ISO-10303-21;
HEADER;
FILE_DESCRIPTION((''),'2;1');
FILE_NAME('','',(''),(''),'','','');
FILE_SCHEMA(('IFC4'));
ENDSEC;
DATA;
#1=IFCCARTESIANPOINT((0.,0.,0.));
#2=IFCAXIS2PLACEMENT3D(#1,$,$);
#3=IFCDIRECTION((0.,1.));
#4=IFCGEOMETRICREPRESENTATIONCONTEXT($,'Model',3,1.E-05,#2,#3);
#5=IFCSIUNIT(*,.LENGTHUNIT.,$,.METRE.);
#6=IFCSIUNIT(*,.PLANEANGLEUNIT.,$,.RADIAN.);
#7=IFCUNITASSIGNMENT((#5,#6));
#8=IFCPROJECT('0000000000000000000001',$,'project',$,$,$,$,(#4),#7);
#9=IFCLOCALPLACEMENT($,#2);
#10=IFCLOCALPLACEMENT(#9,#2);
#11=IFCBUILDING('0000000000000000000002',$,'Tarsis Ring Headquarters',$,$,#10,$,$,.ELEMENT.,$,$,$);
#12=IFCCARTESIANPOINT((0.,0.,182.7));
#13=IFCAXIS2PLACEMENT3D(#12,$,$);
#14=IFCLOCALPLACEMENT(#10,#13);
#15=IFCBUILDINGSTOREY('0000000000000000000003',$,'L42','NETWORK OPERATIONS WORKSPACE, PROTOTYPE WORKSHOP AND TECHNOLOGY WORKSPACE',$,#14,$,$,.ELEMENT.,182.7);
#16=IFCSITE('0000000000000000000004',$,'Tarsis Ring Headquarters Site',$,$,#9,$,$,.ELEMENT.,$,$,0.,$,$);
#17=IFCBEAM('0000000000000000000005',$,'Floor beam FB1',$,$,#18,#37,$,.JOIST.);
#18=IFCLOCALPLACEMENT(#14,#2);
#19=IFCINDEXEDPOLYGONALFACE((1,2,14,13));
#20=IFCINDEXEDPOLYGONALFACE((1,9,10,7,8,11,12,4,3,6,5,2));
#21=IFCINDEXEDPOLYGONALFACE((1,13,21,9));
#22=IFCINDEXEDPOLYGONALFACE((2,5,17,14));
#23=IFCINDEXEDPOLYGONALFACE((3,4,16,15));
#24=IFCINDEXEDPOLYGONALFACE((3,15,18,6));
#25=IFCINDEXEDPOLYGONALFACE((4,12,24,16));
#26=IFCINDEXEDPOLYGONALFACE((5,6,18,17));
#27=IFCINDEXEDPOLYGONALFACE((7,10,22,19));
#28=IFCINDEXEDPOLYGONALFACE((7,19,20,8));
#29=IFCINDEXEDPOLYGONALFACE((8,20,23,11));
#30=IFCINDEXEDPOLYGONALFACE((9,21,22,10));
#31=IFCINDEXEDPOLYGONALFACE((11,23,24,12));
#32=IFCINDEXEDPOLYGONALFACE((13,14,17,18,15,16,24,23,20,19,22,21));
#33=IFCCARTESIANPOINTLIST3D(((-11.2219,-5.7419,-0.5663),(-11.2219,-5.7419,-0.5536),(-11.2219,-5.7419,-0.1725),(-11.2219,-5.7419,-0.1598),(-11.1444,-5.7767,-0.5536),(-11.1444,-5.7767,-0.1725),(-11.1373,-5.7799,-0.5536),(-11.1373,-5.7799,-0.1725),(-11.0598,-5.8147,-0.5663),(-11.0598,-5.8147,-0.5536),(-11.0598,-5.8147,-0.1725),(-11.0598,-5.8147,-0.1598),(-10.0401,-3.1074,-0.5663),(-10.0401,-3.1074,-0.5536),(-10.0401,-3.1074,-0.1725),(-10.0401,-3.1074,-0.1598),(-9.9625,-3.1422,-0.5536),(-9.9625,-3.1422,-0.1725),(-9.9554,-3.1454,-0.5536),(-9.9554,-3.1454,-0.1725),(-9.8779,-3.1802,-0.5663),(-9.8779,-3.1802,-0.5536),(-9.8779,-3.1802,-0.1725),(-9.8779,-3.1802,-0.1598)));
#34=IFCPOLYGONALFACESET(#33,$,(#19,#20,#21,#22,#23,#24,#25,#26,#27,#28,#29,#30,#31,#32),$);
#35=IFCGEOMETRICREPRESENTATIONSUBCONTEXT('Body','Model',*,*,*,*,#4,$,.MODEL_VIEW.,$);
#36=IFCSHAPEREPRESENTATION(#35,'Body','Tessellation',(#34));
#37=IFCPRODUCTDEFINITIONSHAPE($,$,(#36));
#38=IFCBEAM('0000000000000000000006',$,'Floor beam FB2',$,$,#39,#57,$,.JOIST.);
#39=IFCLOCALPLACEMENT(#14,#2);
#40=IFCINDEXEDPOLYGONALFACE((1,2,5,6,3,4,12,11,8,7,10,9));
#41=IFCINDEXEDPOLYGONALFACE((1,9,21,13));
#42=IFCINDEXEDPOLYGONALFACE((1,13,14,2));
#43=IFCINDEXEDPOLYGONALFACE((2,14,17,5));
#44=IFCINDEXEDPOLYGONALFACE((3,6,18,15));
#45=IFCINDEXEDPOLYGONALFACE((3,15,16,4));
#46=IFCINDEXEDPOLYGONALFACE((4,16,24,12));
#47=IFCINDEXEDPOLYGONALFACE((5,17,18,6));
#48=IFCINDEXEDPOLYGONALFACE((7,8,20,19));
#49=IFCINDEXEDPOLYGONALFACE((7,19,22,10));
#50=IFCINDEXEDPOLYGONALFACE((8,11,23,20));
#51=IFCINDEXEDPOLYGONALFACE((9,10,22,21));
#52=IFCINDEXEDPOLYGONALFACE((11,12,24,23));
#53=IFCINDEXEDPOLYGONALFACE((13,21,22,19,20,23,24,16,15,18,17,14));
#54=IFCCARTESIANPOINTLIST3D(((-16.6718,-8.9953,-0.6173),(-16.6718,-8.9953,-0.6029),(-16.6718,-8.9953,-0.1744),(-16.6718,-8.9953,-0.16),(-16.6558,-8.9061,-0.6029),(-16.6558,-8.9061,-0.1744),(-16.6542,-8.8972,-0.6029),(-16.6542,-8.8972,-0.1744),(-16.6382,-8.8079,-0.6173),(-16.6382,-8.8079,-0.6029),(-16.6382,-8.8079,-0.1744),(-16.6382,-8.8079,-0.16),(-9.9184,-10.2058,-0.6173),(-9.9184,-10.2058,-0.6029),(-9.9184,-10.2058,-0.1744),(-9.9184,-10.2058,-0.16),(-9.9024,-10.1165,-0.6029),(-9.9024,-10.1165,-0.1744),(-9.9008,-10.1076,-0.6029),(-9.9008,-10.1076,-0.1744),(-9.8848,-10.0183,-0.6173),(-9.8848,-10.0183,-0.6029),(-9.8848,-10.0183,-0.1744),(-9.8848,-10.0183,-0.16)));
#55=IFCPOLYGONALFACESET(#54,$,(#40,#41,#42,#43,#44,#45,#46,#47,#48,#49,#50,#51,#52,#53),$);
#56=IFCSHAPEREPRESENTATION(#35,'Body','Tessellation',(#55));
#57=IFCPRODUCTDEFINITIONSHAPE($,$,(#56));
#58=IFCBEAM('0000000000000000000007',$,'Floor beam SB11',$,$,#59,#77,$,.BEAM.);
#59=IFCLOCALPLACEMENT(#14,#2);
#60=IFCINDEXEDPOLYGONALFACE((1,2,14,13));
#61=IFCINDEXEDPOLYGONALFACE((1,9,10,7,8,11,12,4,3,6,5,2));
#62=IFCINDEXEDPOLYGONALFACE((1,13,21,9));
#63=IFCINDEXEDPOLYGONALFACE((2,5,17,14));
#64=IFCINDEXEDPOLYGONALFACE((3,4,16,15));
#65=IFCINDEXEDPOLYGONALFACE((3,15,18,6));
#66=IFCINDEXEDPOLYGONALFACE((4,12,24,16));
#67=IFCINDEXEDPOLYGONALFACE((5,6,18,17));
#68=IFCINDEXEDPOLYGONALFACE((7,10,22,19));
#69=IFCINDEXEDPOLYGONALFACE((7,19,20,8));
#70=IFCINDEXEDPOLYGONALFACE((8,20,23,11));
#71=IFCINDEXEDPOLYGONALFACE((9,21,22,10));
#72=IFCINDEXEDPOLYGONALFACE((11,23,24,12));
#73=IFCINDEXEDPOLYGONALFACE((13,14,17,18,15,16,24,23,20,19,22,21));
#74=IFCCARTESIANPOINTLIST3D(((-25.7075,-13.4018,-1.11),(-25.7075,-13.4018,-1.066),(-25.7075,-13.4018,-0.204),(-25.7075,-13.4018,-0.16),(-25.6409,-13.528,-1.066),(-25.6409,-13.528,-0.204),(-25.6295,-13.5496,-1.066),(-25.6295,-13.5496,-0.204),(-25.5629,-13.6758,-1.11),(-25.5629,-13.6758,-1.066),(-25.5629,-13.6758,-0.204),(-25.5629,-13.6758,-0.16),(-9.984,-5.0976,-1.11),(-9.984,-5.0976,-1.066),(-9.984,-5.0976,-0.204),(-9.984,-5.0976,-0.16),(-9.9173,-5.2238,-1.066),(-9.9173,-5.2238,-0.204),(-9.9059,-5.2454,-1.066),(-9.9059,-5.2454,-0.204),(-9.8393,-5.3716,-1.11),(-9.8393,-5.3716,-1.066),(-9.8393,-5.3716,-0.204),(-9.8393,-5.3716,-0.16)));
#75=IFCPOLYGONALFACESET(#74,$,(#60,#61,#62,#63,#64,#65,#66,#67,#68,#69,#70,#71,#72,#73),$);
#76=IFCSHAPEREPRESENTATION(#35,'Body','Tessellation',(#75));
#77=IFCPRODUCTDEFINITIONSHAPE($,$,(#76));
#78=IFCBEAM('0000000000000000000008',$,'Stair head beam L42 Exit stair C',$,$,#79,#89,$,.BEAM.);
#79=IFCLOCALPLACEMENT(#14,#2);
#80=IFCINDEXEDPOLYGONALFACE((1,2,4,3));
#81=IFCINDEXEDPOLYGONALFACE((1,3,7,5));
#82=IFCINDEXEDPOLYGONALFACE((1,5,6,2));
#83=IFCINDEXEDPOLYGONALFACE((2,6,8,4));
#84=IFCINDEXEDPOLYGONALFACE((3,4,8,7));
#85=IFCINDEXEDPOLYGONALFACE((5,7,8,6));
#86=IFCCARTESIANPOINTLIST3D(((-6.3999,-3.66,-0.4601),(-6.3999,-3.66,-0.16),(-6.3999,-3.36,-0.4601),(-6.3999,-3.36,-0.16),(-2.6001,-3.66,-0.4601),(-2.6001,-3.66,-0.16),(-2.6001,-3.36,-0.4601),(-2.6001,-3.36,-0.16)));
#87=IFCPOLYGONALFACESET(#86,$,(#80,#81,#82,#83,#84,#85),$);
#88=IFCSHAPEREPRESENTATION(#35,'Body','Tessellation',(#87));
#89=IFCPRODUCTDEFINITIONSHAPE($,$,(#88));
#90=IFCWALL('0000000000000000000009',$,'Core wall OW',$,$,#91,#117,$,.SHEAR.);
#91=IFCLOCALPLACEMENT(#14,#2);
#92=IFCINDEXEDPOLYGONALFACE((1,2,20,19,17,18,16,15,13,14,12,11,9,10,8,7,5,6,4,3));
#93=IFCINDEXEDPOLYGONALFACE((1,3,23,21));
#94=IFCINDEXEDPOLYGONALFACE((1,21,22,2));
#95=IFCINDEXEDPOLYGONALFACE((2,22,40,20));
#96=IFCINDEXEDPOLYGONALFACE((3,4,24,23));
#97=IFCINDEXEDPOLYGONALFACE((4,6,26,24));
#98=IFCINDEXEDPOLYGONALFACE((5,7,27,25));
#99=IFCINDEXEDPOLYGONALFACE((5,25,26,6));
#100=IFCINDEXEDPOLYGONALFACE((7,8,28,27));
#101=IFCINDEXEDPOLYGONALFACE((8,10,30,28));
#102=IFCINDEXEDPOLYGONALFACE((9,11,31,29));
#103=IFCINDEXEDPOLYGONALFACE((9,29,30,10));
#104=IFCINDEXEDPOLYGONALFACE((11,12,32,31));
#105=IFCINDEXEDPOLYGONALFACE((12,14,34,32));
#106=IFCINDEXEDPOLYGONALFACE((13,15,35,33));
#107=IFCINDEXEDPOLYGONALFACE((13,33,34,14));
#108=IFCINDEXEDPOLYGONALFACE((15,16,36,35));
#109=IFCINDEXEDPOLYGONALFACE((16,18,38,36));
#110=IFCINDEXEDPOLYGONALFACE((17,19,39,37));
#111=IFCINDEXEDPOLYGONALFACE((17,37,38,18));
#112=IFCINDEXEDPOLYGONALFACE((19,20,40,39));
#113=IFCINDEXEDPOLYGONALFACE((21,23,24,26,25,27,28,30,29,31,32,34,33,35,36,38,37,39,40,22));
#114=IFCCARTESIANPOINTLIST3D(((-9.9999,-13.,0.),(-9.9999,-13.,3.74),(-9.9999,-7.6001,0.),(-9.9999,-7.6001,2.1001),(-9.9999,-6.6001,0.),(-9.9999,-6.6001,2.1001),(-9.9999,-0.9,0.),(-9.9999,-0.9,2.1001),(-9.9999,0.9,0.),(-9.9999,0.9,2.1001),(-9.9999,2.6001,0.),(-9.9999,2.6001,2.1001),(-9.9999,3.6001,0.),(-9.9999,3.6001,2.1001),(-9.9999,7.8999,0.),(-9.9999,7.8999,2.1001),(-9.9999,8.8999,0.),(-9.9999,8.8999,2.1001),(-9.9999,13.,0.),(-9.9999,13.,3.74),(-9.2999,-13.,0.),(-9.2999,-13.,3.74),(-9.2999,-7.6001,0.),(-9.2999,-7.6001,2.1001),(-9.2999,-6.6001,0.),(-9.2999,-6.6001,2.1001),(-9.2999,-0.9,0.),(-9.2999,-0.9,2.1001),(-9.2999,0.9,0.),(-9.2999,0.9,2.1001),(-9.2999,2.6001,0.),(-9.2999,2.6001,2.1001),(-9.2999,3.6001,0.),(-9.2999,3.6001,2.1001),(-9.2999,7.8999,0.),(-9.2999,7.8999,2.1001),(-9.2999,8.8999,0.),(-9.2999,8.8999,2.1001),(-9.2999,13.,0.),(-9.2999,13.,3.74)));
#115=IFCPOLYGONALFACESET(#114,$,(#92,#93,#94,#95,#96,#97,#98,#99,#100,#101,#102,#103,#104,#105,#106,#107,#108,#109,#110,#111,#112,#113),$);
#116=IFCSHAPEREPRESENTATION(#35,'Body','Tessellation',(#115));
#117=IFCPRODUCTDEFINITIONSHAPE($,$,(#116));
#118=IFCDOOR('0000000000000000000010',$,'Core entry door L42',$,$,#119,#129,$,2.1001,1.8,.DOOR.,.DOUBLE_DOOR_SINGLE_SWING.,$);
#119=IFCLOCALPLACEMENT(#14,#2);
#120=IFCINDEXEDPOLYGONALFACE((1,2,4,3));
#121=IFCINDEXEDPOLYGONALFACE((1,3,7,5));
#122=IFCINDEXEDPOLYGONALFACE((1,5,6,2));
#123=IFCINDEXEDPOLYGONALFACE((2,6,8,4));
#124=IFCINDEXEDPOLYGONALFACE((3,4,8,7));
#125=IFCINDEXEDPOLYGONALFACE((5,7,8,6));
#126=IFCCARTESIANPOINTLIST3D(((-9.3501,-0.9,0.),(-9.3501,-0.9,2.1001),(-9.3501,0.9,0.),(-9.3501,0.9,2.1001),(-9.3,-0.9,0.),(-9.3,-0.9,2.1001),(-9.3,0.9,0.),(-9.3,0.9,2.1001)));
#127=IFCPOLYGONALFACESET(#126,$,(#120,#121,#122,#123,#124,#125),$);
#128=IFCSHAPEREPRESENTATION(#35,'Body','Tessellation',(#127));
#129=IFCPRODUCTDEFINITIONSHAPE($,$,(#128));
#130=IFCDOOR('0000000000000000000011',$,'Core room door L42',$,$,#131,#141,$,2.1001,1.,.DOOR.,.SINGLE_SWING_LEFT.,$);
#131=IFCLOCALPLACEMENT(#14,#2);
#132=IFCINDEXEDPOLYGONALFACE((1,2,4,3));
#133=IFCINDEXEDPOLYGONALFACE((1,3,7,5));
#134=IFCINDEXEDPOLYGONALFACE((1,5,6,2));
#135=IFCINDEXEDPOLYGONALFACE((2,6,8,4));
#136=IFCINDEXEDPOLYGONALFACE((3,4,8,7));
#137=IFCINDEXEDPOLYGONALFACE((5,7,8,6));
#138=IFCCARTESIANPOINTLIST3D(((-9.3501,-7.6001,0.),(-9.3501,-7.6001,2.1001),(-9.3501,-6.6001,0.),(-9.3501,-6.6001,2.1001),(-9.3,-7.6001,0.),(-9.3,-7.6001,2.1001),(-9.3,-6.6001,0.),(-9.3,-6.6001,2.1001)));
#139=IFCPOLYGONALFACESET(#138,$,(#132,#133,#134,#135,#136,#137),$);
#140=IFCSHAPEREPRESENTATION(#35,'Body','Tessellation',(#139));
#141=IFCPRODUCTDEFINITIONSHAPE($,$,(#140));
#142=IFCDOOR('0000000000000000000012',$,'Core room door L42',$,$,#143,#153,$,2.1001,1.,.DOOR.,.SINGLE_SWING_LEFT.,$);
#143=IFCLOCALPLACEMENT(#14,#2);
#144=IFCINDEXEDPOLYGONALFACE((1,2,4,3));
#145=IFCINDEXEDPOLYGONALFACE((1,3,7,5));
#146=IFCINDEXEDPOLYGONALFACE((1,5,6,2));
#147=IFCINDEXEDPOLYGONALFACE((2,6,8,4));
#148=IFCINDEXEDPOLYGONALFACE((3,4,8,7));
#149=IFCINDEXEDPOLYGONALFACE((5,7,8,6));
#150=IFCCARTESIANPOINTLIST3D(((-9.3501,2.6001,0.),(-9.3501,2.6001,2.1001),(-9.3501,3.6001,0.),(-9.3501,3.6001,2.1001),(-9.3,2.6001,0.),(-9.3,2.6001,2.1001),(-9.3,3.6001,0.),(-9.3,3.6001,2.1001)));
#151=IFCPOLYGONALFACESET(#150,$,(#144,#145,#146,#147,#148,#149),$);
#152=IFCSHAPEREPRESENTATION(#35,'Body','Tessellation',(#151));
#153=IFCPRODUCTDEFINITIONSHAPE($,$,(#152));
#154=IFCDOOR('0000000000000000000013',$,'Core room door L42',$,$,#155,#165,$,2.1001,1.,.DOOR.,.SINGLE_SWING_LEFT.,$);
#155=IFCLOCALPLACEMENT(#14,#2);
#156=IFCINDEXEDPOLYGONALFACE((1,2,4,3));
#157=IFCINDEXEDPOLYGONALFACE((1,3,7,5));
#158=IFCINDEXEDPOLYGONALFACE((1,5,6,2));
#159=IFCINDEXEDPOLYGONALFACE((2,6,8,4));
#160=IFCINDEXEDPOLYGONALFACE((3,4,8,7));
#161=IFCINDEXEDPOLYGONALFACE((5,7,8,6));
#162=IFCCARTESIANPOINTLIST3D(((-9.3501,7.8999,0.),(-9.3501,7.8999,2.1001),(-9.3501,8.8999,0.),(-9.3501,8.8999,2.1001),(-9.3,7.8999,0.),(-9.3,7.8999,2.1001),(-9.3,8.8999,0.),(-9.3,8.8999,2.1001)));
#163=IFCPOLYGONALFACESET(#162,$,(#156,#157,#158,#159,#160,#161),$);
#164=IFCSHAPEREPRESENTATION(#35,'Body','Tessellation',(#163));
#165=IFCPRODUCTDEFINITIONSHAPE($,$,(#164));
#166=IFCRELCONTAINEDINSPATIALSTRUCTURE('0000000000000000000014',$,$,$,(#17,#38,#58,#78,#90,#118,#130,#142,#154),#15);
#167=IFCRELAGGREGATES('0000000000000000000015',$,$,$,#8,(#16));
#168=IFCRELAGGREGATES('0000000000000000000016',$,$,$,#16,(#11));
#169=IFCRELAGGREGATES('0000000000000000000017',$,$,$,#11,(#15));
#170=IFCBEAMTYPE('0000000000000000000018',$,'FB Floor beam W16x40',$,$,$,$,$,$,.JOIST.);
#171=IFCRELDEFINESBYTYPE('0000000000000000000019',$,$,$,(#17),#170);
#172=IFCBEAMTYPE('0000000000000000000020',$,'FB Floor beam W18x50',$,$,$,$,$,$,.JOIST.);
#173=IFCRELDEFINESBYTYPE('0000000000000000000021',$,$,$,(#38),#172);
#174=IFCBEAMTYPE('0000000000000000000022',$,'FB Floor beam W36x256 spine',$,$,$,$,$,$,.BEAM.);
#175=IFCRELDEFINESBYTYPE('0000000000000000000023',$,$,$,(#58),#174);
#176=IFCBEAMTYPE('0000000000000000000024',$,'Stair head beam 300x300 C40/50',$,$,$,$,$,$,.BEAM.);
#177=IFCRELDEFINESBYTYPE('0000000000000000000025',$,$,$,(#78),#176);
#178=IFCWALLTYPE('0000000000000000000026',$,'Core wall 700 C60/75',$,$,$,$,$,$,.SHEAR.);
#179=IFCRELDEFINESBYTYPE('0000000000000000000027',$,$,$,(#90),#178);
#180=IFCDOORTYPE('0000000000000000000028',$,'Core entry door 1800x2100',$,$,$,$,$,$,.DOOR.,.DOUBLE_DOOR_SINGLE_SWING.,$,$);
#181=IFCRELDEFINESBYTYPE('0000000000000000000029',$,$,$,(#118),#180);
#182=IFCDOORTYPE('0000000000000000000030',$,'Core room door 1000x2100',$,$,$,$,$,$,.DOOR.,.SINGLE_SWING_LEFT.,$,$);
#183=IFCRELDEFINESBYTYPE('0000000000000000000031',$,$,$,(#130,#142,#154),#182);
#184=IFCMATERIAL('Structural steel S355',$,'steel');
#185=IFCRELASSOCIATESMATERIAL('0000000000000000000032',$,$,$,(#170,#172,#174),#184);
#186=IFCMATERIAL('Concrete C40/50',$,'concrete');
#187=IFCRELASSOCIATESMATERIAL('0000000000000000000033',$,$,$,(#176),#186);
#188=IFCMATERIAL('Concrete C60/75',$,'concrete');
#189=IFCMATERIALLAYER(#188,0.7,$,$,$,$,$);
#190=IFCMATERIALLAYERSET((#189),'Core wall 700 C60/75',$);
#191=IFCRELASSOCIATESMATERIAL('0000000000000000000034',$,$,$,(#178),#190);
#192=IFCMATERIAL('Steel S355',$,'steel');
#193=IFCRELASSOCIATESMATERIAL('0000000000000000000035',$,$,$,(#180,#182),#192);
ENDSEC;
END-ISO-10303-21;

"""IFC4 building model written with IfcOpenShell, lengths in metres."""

from ifc_helpers import new_model, si_unit, direction, frame, frame_2d, origin, origin_2d, place, context, subcontext, project, spatial, rectangle, i_section, extrude, material, layer, layer_set, material_profile, profile_set, type_object, element, fill, save


model = new_model("IFC4")

# Units and contexts
model_context = context("Model", 3, precision=1e-05, world=origin(), true_north=direction((0.0, 1.0)))
body_context = subcontext(model_context, "Body", "Model", "MODEL_VIEW")
ifc_project = project(units=[si_unit("LENGTHUNIT", "METRE"), si_unit("PLANEANGLEUNIT", "RADIAN")], contexts=[model_context])

# Site, building, storey
site_placement = place(None, origin())
site = spatial("IfcSite", under=ifc_project, at=site_placement, Name="Tarsis Ring Headquarters Site", CompositionType="ELEMENT", RefElevation=0.0)
building_placement = place(site_placement, origin())
building = spatial("IfcBuilding", under=site, at=building_placement, Name="Tarsis Ring Headquarters", CompositionType="ELEMENT")
storey_placement = place(building_placement, frame((0.0, 0.0, 182.7)))
storey = spatial("IfcBuildingStorey", under=building, at=storey_placement, Name="L42", Description="NETWORK OPERATIONS WORKSPACE, PROTOTYPE WORKSHOP AND TECHNOLOGY WORKSPACE", CompositionType="ELEMENT", Elevation=182.7)

# Beams
ifc_material_1 = material(Name="Structural steel S355", Category="steel")
ifc_material_profile_1 = material_profile(ifc_material_1, i_section(OverallWidth=0.1777, OverallDepth=0.4065, WebThickness=0.0078, FlangeThickness=0.0127, at=origin_2d()), Name="W16x40")
ifc_profile_set_1 = profile_set([ifc_material_profile_1], Name="Structural steel S355")
beam_type_1 = type_object("IfcBeamType", Name="FB Floor beam W16x40", PredefinedType="JOIST", material=ifc_profile_set_1)
beam_1_placement = place(storey_placement, frame((-9.959, -3.1438, -0.363), z_axis=(-0.409313, -0.912394, 0.0), x_axis=(0.912394, -0.409313, 0.0)))
element("IfcBeam", 1, at=beam_1_placement, inside=storey, type_object=beam_type_1, Name="Floor beam FB1", PredefinedType="JOIST", context=body_context, shape_type="SweptSolid", body=[
    extrude(i_section(OverallWidth=0.1777, OverallDepth=0.4065, WebThickness=0.0078, FlangeThickness=0.0127, at=origin_2d()), origin(), (0.0, 0.0, 1.0), 2.8875),
])
ifc_material_profile_2 = material_profile(ifc_material_1, i_section(OverallWidth=0.1904, OverallDepth=0.4573, WebThickness=0.009, FlangeThickness=0.0144, at=origin_2d()), Name="W18x50")
ifc_profile_set_2 = profile_set([ifc_material_profile_2], Name="Structural steel S355")
beam_type_2 = type_object("IfcBeamType", Name="FB Floor beam W18x50", PredefinedType="JOIST", material=ifc_profile_set_2)
beam_2_placement = place(storey_placement, frame((-16.655, -8.9016, -0.3887), z_axis=(0.984314, -0.176424, 0.0), x_axis=(0.176424, 0.984314, 0.0)))
element("IfcBeam", 2, at=beam_2_placement, inside=storey, type_object=beam_type_2, Name="Floor beam FB2", PredefinedType="JOIST", context=body_context, shape_type="SweptSolid", body=[
    extrude(i_section(OverallWidth=0.1904, OverallDepth=0.4573, WebThickness=0.009, FlangeThickness=0.0144, at=origin_2d()), origin(), (0.0, 0.0, 1.0), 6.8611),
])
ifc_material_profile_3 = material_profile(ifc_material_1, i_section(OverallWidth=0.3098, OverallDepth=0.95, WebThickness=0.0244, FlangeThickness=0.0439, at=origin_2d()), Name="W36x256")
ifc_profile_set_3 = profile_set([ifc_material_profile_3], Name="Structural steel S355")
beam_type_3 = type_object("IfcBeamType", Name="FB Floor beam W36x256 spine", PredefinedType="BEAM", material=ifc_profile_set_3)
beam_3_placement = place(storey_placement, frame((-9.9116, -5.2346, -0.635), z_axis=(-0.884254, -0.467006, 0.0), x_axis=(0.467006, -0.884254, 0.0)))
element("IfcBeam", 3, at=beam_3_placement, inside=storey, type_object=beam_type_3, Name="Floor beam SB11", PredefinedType="BEAM", context=body_context, shape_type="SweptSolid", body=[
    extrude(i_section(OverallWidth=0.3098, OverallDepth=0.95, WebThickness=0.0244, FlangeThickness=0.0439, at=origin_2d()), origin(), (0.0, 0.0, 1.0), 17.7817),
])
ifc_material_2 = material(Name="Concrete C40/50", Category="concrete")
ifc_material_profile_4 = material_profile(ifc_material_2, rectangle(XDim=0.3, YDim=0.3, at=origin_2d()), Name="Stair head beam 300x300 C40/50")
ifc_profile_set_4 = profile_set([ifc_material_profile_4], Name="Concrete C40/50")
beam_type_4 = type_object("IfcBeamType", Name="Stair head beam 300x300 C40/50", PredefinedType="BEAM", material=ifc_profile_set_4)
beam_4_placement = place(storey_placement, frame((-6.3999, -3.51, -0.3101), z_axis=(1.0, 0.0, 0.0), x_axis=(0.0, 1.0, 0.0)))
element("IfcBeam", 4, at=beam_4_placement, inside=storey, type_object=beam_type_4, Name="Stair head beam L42 Exit stair C", PredefinedType="BEAM", context=body_context, shape_type="SweptSolid", body=[
    extrude(rectangle(XDim=0.3, YDim=0.3, at=origin_2d()), origin(), (0.0, 0.0, 1.0), 3.7998),
])

# Wall, openings, doors
ifc_material_3 = material(Name="Concrete C60/75", Category="concrete")
ifc_layer_1 = layer(ifc_material_3, 0.7)
ifc_layer_set_1 = layer_set([ifc_layer_1], Name="Core wall 700 C60/75")
wall_type_1 = type_object("IfcWallType", Name="Core wall 700 C60/75", PredefinedType="SHEAR", material=ifc_layer_set_1)
wall_1_placement = place(storey_placement, frame((-9.6499, -13.0, 0.0), z_axis=(0.0, 0.0, 1.0), x_axis=(0.0, 1.0, 0.0)))
wall_1 = element("IfcWall", 5, at=wall_1_placement, inside=storey, type_object=wall_type_1, Name="Core wall OW", PredefinedType="SHEAR", context=body_context, shape_type="SweptSolid", body=[
    extrude(rectangle(XDim=26.0, YDim=0.7, at=frame_2d((13.0, 0.0))), origin(), (0.0, 0.0, 1.0), 3.74),
])
opening_1_placement = place(wall_1_placement, frame((5.3999, 0.0, 0.0)))
opening_1 = element("IfcOpeningElement", 6, at=opening_1_placement, cuts=wall_1, PredefinedType="OPENING", context=body_context, shape_type="SweptSolid", body=[
    extrude(rectangle(XDim=1.0, YDim=2.1001, at=frame_2d((0.5, 1.05))), frame((0.0, 0.3599, 0.0), z_axis=(0.0, -1.0, 0.0), x_axis=(1.0, 0.0, 0.0)), (0.0, 0.0, 1.0), 0.72),
])
opening_2_placement = place(wall_1_placement, frame((12.1001, 0.0, 0.0)))
opening_2 = element("IfcOpeningElement", 7, at=opening_2_placement, cuts=wall_1, PredefinedType="OPENING", context=body_context, shape_type="SweptSolid", body=[
    extrude(rectangle(XDim=1.8, YDim=2.1001, at=frame_2d((0.8999, 1.05))), frame((0.0, 0.3599, 0.0), z_axis=(0.0, -1.0, 0.0), x_axis=(1.0, 0.0, 0.0)), (0.0, 0.0, 1.0), 0.72),
])
opening_3_placement = place(wall_1_placement, frame((15.6001, 0.0, 0.0)))
opening_3 = element("IfcOpeningElement", 8, at=opening_3_placement, cuts=wall_1, PredefinedType="OPENING", context=body_context, shape_type="SweptSolid", body=[
    extrude(rectangle(XDim=1.0, YDim=2.1001, at=frame_2d((0.5, 1.05))), frame((0.0, 0.3599, 0.0), z_axis=(0.0, -1.0, 0.0), x_axis=(1.0, 0.0, 0.0)), (0.0, 0.0, 1.0), 0.72),
])
opening_4_placement = place(wall_1_placement, frame((20.8999, 0.0, 0.0)))
opening_4 = element("IfcOpeningElement", 9, at=opening_4_placement, cuts=wall_1, PredefinedType="OPENING", context=body_context, shape_type="SweptSolid", body=[
    extrude(rectangle(XDim=1.0, YDim=2.1001, at=frame_2d((0.5, 1.05))), frame((0.0, 0.3599, 0.0), z_axis=(0.0, -1.0, 0.0), x_axis=(1.0, 0.0, 0.0)), (0.0, 0.0, 1.0), 0.72),
])
ifc_material_4 = material(Name="Steel S355", Category="steel")
door_type_1 = type_object("IfcDoorType", Name="Core entry door 1800x2100", OperationType="DOUBLE_DOOR_SINGLE_SWING", PredefinedType="DOOR", material=ifc_material_4)
door_1_placement = place(opening_2_placement, origin())
door_1 = element("IfcDoor", 10, at=door_1_placement, inside=storey, type_object=door_type_1, Name="Core entry door L42", OperationType="DOUBLE_DOOR_SINGLE_SWING", OverallHeight=2.1001, OverallWidth=1.8, PredefinedType="DOOR", context=body_context, shape_type="SweptSolid", body=[
    extrude(rectangle(XDim=1.8, YDim=2.1001, at=frame_2d((0.8999, 1.05))), frame((0.0, -0.2998, 0.0), z_axis=(0.0, -1.0, 0.0), x_axis=(1.0, 0.0, 0.0)), (0.0, 0.0, 1.0), 0.05),
])
fill(opening_2, door_1)
door_type_2 = type_object("IfcDoorType", Name="Core room door 1000x2100", OperationType="SINGLE_SWING_LEFT", PredefinedType="DOOR", material=ifc_material_4)
door_2_placement = place(opening_1_placement, origin())
door_2 = element("IfcDoor", 11, at=door_2_placement, inside=storey, type_object=door_type_2, Name="Core room door L42", OperationType="SINGLE_SWING_LEFT", OverallHeight=2.1001, OverallWidth=1.0, PredefinedType="DOOR", context=body_context, shape_type="SweptSolid", body=[
    extrude(rectangle(XDim=1.0, YDim=2.1001, at=frame_2d((0.5, 1.05))), frame((0.0, -0.2998, 0.0), z_axis=(0.0, -1.0, 0.0), x_axis=(1.0, 0.0, 0.0)), (0.0, 0.0, 1.0), 0.05),
])
fill(opening_1, door_2)
door_3_placement = place(opening_3_placement, origin())
door_3 = element("IfcDoor", 12, at=door_3_placement, inside=storey, type_object=door_type_2, Name="Core room door L42", OperationType="SINGLE_SWING_LEFT", OverallHeight=2.1001, OverallWidth=1.0, PredefinedType="DOOR", context=body_context, shape_type="SweptSolid", body=[
    extrude(rectangle(XDim=1.0, YDim=2.1001, at=frame_2d((0.5, 1.05))), frame((0.0, -0.2998, 0.0), z_axis=(0.0, -1.0, 0.0), x_axis=(1.0, 0.0, 0.0)), (0.0, 0.0, 1.0), 0.05),
])
fill(opening_3, door_3)
door_4_placement = place(opening_4_placement, origin())
door_4 = element("IfcDoor", 13, at=door_4_placement, inside=storey, type_object=door_type_2, Name="Core room door L42", OperationType="SINGLE_SWING_LEFT", OverallHeight=2.1001, OverallWidth=1.0, PredefinedType="DOOR", context=body_context, shape_type="SweptSolid", body=[
    extrude(rectangle(XDim=1.0, YDim=2.1001, at=frame_2d((0.5, 1.05))), frame((0.0, -0.2998, 0.0), z_axis=(0.0, -1.0, 0.0), x_axis=(1.0, 0.0, 0.0)), (0.0, 0.0, 1.0), 0.05),
])
fill(opening_4, door_4)

save(model, "model.ifc")
